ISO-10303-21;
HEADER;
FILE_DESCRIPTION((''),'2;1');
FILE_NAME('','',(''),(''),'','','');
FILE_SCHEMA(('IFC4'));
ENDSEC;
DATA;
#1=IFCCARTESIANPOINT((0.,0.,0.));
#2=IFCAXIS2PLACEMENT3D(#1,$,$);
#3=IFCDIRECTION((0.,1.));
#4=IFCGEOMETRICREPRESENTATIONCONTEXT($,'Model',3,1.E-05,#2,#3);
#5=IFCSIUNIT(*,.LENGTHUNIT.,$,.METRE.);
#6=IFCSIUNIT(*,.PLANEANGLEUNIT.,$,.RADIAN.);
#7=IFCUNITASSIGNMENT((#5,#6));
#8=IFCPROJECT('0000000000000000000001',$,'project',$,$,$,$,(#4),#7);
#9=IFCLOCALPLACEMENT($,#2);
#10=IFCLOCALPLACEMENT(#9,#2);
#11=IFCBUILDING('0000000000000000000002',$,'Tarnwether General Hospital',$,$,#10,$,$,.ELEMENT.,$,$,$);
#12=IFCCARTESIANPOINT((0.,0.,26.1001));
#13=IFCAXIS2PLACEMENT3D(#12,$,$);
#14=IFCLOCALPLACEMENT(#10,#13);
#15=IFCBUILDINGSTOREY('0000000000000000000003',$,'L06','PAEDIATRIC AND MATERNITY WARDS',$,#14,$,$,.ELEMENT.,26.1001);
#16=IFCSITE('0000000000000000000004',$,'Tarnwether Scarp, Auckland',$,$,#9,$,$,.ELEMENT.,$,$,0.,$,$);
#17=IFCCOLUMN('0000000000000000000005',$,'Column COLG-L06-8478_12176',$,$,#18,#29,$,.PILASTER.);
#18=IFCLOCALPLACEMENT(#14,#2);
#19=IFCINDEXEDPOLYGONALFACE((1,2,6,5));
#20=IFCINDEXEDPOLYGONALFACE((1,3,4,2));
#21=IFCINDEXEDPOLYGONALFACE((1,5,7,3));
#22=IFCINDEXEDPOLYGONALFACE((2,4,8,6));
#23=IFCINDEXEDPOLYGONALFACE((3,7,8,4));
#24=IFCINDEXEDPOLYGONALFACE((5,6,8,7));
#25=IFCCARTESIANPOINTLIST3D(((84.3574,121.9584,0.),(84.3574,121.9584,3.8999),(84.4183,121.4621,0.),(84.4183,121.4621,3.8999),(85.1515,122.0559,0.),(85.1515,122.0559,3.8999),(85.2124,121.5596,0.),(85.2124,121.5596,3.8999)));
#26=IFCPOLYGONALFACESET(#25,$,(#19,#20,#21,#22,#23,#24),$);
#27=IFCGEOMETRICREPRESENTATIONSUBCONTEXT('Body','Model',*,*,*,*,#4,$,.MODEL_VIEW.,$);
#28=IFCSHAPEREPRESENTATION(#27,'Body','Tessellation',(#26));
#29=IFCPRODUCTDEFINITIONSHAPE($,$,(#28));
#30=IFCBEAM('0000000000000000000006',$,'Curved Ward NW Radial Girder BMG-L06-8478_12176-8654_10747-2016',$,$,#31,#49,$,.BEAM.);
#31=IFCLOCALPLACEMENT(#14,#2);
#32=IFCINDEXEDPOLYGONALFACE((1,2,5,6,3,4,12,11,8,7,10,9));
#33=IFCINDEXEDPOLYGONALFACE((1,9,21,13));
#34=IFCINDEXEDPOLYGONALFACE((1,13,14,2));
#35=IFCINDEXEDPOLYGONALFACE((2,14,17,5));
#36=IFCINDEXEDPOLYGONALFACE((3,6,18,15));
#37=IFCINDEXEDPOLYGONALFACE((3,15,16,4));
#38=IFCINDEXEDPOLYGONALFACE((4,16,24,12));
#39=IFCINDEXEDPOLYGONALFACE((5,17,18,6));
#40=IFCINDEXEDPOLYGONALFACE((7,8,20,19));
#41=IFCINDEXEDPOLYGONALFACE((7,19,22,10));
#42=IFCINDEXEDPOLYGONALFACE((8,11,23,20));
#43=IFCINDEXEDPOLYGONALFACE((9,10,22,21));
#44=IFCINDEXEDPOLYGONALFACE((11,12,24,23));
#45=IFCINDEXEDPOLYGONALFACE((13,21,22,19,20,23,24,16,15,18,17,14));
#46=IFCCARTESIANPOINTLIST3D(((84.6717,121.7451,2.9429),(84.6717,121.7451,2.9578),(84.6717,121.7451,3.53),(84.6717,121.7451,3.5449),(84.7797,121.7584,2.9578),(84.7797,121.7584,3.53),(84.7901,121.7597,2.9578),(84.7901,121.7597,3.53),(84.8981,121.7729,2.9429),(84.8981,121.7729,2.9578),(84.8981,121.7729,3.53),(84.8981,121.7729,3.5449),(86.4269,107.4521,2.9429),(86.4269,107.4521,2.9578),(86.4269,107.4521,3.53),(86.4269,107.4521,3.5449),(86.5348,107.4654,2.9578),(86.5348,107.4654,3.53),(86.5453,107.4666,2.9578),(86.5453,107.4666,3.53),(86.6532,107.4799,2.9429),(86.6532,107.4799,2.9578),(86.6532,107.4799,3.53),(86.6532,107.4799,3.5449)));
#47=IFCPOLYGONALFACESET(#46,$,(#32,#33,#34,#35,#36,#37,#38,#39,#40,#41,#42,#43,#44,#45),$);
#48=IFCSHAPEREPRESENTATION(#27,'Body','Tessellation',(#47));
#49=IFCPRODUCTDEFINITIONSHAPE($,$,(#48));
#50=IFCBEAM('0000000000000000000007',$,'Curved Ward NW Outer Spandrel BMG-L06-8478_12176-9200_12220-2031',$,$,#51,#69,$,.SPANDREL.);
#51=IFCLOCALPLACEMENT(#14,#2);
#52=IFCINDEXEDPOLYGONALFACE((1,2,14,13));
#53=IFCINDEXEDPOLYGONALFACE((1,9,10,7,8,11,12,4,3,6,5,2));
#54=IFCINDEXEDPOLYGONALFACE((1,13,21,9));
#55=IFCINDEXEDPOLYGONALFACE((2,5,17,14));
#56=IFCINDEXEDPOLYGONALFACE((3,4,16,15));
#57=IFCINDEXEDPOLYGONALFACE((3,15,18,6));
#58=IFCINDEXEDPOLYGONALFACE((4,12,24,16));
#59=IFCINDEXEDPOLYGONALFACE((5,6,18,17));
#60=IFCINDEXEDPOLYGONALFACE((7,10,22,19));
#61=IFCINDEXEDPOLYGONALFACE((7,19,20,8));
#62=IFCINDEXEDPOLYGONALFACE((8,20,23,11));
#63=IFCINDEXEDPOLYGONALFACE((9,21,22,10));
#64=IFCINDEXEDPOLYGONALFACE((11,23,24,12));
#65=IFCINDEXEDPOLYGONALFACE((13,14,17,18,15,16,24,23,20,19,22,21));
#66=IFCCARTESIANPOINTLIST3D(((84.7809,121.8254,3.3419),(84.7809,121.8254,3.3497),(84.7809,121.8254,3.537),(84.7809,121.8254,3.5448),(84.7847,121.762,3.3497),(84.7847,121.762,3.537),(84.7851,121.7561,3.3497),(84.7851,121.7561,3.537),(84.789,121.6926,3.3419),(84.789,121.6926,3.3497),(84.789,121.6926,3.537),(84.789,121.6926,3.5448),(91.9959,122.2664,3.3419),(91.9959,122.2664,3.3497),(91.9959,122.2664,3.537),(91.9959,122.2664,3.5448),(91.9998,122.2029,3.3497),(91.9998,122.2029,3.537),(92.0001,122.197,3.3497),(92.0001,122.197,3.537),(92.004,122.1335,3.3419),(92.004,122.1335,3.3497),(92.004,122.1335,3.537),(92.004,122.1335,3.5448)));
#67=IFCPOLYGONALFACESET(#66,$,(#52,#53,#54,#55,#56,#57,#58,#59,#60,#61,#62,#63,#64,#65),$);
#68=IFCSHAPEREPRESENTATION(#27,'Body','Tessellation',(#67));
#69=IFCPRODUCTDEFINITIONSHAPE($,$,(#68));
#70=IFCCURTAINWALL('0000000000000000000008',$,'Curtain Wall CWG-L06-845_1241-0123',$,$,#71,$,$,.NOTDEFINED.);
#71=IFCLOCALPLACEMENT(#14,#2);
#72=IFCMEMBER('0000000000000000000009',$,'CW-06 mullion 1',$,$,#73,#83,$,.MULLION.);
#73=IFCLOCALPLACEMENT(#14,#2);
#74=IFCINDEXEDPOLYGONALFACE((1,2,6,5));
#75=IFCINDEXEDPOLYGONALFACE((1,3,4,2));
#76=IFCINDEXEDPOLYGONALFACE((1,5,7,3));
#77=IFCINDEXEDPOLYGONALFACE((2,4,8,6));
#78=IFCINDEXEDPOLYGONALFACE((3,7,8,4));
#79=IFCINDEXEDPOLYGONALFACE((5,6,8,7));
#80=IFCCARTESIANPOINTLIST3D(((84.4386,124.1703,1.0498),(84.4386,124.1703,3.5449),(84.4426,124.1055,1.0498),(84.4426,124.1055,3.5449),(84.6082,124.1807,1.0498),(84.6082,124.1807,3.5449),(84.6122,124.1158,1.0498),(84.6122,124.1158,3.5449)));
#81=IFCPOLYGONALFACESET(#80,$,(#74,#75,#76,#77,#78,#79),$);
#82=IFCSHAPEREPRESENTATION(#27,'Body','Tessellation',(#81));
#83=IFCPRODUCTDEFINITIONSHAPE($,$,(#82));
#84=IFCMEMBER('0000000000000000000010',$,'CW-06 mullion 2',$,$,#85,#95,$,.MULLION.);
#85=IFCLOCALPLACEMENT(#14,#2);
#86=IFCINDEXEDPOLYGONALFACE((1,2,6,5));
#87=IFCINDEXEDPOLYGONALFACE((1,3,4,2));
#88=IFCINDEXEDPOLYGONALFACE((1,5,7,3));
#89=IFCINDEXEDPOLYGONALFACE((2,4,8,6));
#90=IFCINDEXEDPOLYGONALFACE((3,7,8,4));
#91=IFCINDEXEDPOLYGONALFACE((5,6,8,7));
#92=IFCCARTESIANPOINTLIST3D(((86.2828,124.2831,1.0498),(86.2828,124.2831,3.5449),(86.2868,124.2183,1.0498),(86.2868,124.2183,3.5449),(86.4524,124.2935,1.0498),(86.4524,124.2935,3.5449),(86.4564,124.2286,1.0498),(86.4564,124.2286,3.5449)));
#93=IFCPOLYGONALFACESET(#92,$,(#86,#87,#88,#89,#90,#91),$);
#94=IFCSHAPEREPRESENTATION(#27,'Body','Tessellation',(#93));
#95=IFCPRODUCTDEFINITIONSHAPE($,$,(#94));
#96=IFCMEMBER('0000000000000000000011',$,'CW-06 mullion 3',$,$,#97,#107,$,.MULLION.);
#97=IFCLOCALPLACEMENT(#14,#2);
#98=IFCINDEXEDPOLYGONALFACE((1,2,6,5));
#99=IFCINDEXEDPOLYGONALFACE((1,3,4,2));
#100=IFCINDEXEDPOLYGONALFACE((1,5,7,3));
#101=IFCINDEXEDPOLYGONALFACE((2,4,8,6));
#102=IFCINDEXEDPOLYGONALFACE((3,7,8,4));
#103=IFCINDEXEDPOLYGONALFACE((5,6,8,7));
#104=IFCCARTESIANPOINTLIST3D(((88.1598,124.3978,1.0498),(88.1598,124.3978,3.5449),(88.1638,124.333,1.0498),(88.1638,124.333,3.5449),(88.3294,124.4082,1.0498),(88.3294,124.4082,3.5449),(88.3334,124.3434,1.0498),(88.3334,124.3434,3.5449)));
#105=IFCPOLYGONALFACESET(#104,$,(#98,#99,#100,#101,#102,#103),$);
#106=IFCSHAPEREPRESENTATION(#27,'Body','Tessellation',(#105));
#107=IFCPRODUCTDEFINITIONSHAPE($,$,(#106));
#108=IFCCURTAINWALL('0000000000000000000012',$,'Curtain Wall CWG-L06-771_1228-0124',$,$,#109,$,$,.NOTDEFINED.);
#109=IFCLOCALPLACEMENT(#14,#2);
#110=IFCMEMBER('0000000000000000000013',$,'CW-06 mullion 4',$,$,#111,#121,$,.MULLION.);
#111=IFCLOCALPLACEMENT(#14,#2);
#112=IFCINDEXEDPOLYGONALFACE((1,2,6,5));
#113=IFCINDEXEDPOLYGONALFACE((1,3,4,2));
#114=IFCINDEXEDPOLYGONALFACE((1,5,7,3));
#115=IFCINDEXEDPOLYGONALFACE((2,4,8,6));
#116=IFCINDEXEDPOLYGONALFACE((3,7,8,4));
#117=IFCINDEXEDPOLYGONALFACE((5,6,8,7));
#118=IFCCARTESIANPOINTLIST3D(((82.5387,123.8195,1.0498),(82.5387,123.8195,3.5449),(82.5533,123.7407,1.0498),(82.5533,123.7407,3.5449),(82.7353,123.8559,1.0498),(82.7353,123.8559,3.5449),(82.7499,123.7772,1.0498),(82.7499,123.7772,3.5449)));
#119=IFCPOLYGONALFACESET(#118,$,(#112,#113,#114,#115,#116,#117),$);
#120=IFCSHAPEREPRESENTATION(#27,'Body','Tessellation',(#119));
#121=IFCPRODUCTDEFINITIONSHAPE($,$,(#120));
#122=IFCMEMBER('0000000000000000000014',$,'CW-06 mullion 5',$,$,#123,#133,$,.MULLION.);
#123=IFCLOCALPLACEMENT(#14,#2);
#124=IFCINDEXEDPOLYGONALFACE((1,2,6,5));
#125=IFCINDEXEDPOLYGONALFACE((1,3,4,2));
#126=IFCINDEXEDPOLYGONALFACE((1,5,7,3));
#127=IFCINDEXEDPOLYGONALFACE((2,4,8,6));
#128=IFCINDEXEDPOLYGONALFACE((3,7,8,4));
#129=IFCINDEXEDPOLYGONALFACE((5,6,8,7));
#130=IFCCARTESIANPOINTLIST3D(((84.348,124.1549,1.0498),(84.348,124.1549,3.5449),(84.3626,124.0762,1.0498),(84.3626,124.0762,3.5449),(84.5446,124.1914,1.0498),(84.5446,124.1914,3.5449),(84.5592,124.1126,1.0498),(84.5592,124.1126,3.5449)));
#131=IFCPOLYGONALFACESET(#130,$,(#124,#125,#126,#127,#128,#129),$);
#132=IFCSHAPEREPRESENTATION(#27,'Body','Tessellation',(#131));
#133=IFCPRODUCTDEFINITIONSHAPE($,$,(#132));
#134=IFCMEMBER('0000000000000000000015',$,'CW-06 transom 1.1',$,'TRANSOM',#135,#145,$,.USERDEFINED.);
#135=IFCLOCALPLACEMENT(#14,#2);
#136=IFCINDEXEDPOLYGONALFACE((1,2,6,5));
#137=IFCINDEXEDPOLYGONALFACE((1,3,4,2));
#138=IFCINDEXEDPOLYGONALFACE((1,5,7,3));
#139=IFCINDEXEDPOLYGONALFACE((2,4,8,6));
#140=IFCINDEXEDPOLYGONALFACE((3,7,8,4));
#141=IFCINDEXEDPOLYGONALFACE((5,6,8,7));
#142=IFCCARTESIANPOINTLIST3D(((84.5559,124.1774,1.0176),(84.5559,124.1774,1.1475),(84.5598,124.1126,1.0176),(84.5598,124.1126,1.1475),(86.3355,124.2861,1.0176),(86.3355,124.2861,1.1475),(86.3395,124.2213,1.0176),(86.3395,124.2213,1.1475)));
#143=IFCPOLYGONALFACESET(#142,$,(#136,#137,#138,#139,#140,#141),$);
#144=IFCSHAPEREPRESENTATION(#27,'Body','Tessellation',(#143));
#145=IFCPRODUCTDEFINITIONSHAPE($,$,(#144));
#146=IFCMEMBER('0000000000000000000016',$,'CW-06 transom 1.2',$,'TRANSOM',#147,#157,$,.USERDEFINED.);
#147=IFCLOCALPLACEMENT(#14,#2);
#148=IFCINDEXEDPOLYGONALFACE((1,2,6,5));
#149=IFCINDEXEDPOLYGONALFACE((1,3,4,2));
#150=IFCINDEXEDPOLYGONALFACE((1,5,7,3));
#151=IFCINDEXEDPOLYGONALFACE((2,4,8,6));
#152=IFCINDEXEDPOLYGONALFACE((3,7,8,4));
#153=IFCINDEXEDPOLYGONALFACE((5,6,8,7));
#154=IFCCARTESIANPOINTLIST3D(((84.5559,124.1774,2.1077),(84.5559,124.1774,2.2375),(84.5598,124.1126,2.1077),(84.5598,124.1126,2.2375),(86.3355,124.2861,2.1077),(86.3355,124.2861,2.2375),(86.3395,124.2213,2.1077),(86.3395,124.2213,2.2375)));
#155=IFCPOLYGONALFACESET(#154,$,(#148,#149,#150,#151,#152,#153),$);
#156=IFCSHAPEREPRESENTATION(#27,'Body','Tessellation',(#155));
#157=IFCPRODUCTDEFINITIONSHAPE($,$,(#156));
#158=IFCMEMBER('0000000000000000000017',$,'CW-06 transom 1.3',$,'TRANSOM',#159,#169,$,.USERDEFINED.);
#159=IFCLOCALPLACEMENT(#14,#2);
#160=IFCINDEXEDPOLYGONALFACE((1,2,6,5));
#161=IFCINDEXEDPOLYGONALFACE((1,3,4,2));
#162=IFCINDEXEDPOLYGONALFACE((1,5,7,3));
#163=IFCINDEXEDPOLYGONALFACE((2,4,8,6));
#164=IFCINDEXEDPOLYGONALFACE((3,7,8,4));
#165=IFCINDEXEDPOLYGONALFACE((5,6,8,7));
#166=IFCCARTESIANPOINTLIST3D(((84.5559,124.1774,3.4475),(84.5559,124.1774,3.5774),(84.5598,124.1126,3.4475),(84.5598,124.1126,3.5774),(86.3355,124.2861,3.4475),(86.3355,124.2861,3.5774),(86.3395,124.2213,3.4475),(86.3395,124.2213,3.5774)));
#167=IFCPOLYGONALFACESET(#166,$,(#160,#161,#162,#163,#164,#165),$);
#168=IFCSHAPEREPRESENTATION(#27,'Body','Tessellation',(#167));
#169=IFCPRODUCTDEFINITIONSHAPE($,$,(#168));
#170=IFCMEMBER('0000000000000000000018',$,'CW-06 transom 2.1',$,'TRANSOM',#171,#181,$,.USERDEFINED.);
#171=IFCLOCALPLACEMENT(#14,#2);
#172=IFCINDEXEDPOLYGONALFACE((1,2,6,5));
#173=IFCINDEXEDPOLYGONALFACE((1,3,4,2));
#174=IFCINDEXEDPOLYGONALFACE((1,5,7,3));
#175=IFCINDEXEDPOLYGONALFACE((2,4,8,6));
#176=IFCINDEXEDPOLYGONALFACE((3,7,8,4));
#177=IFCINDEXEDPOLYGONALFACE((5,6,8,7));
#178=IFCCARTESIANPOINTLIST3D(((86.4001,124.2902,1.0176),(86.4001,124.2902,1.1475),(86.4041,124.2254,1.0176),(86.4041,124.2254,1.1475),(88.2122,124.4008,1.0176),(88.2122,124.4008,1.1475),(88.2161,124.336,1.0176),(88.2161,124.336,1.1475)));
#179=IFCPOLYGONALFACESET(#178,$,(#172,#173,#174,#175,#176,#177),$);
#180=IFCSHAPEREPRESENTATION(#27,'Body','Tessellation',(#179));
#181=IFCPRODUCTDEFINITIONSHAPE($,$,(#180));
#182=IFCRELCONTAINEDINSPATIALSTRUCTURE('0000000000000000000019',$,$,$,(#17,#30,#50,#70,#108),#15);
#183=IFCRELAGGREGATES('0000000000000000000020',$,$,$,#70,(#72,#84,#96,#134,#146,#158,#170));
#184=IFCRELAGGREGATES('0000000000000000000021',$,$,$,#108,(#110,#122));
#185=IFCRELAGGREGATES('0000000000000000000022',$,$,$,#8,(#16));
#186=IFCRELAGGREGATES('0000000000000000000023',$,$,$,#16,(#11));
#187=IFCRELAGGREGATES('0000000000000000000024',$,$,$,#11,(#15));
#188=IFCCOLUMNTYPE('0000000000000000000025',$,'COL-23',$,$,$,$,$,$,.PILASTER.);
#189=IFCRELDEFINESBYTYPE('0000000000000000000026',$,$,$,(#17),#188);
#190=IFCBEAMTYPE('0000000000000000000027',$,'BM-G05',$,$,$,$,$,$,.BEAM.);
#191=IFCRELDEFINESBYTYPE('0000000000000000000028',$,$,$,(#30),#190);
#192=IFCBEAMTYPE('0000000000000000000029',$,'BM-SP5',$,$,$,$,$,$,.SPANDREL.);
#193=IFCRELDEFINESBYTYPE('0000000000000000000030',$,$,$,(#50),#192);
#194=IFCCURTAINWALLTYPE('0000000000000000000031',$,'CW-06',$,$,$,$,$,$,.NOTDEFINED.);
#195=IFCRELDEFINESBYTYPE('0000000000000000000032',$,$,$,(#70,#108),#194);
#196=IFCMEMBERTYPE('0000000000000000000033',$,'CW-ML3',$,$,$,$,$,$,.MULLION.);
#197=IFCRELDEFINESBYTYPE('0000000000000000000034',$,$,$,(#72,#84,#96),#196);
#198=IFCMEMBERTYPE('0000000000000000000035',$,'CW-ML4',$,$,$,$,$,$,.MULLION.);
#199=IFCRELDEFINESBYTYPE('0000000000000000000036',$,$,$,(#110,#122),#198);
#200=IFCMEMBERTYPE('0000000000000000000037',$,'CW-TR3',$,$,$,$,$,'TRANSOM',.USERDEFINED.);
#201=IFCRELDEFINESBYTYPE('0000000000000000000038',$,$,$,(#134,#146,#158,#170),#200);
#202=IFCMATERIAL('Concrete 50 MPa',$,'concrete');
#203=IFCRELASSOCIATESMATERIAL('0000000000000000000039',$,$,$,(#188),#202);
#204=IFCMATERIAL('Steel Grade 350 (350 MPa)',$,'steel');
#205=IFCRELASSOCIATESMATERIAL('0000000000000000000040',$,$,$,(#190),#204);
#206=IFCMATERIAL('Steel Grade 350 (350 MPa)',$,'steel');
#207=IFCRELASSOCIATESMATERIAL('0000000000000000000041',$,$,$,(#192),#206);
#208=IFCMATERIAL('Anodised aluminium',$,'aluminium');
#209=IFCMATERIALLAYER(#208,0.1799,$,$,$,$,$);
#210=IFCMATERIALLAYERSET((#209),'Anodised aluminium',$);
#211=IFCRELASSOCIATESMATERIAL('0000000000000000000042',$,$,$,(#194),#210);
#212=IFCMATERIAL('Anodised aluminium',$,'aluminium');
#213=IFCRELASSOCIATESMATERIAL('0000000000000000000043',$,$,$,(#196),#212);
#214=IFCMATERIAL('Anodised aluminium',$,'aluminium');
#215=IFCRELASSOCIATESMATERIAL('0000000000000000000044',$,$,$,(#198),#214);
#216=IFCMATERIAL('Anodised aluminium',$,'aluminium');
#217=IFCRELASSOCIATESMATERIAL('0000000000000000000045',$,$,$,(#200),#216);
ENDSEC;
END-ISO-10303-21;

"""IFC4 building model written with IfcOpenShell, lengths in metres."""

from ifc_helpers import new_model, si_unit, direction, frame, origin, origin_2d, place, context, subcontext, project, spatial, rectangle, i_section, extrude, material, layer, layer_set, material_profile, profile_set, type_object, element, aggregate, save


model = new_model("IFC4")

# Units and contexts
model_context = context("Model", 3, precision=1e-05, world=origin(), true_north=direction((0.0, 1.0)))
body_context = subcontext(model_context, "Body", "Model", "MODEL_VIEW")
ifc_project = project(units=[si_unit("LENGTHUNIT", "METRE"), si_unit("PLANEANGLEUNIT", "RADIAN")], contexts=[model_context])

# Site, building, storey
site_placement = place(None, origin())
site = spatial("IfcSite", under=ifc_project, at=site_placement, Name="Tarnwether Scarp, Auckland", CompositionType="ELEMENT", RefElevation=0.0)
building_placement = place(site_placement, origin())
building = spatial("IfcBuilding", under=site, at=building_placement, Name="Tarnwether General Hospital", CompositionType="ELEMENT")
storey_placement = place(building_placement, frame((0.0, 0.0, 26.1001)))
storey = spatial("IfcBuildingStorey", under=building, at=storey_placement, Name="L06", Description="PAEDIATRIC AND MATERNITY WARDS", CompositionType="ELEMENT", Elevation=26.1001)

# Column
ifc_material_1 = material(Name="Concrete 50 MPa", Category="concrete")
ifc_material_profile_1 = material_profile(ifc_material_1, rectangle(XDim=0.5, YDim=0.8, at=origin_2d()), Name="RC-PIL-500x800")
ifc_profile_set_1 = profile_set([ifc_material_profile_1], Name="Concrete 50 MPa")
column_type = type_object("IfcColumnType", Name="COL-23", PredefinedType="PILASTER", material=ifc_profile_set_1)
column_placement = place(storey_placement, frame((84.7849, 121.759, 0.0), z_axis=(0.0, 0.0, 1.0), x_axis=(-0.121869, 0.992546, 0.0)))
element("IfcColumn", 1, at=column_placement, inside=storey, type_object=column_type, Name="Column COLG-L06-8478_12176", PredefinedType="PILASTER", context=body_context, shape_type="SweptSolid", body=[
    extrude(rectangle(XDim=0.5, YDim=0.8, at=origin_2d()), origin(), (0.0, 0.0, 1.0), 3.8999),
])

# Beams
ifc_material_2 = material(Name="Steel Grade 350 (350 MPa)", Category="steel")
ifc_material_profile_2 = material_profile(ifc_material_2, i_section(OverallWidth=0.228, OverallDepth=0.6021, WebThickness=0.0105, FlangeThickness=0.0149, at=origin_2d()), Name="610UB101")
ifc_profile_set_2 = profile_set([ifc_material_profile_2], Name="Steel Grade 350 (350 MPa)")
beam_type_1 = type_object("IfcBeamType", Name="BM-G05", PredefinedType="BEAM", material=ifc_profile_set_2)
beam_1_placement = place(storey_placement, frame((84.7849, 121.759, 3.2439), z_axis=(0.121881, -0.992545, 0.0), x_axis=(0.992545, 0.121881, 0.0)))
element("IfcBeam", 2, at=beam_1_placement, inside=storey, type_object=beam_type_1, Name="Curved Ward NW Radial Girder BMG-L06-8478_12176-8654_10747-2016", PredefinedType="BEAM", context=body_context, shape_type="SweptSolid", body=[
    extrude(i_section(OverallWidth=0.228, OverallDepth=0.6021, WebThickness=0.0105, FlangeThickness=0.0149, at=origin_2d()), origin(), (0.0, 0.0, 1.0), 14.4004),
])
ifc_material_3 = material(Name="Steel Grade 350 (350 MPa)", Category="steel")
ifc_material_profile_3 = material_profile(ifc_material_3, i_section(OverallWidth=0.1331, OverallDepth=0.2029, WebThickness=0.0059, FlangeThickness=0.0078, at=origin_2d()), Name="200UB25.4")
ifc_profile_set_3 = profile_set([ifc_material_profile_3], Name="Steel Grade 350 (350 MPa)")
beam_type_2 = type_object("IfcBeamType", Name="BM-SP5", PredefinedType="SPANDREL", material=ifc_profile_set_3)
beam_2_placement = place(storey_placement, frame((84.7849, 121.759, 3.4434), z_axis=(0.998138, 0.060997, 0.0), x_axis=(-0.060997, 0.998138, 0.0)))
element("IfcBeam", 3, at=beam_2_placement, inside=storey, type_object=beam_type_2, Name="Curved Ward NW Outer Spandrel BMG-L06-8478_12176-9200_12220-2031", PredefinedType="SPANDREL", context=body_context, shape_type="SweptSolid", body=[
    extrude(i_section(OverallWidth=0.1331, OverallDepth=0.2029, WebThickness=0.0059, FlangeThickness=0.0078, at=origin_2d()), origin(), (0.0, 0.0, 1.0), 7.2285),
])

# Curtain walls, members
ifc_material_4 = material(Name="Anodised aluminium", Category="aluminium")
ifc_layer_1 = layer(ifc_material_4, 0.1799)
ifc_layer_set_1 = layer_set([ifc_layer_1], Name="Anodised aluminium")
curtain_wall_type = type_object("IfcCurtainWallType", Name="CW-06", PredefinedType="NOTDEFINED", material=ifc_layer_set_1)
curtain_wall_1_placement = place(storey_placement, origin())
curtain_wall_1 = element("IfcCurtainWall", 4, at=curtain_wall_1_placement, inside=storey, type_object=curtain_wall_type, Name="Curtain Wall CWG-L06-845_1241-0123", PredefinedType="NOTDEFINED")
ifc_material_5 = material(Name="Anodised aluminium", Category="aluminium")
ifc_material_profile_4 = material_profile(ifc_material_5, rectangle(XDim=0.0649, YDim=0.1699, at=origin_2d()), Name="ALU-MUL-65x170")
ifc_profile_set_4 = profile_set([ifc_material_profile_4], Name="Anodised aluminium")
member_type_1 = type_object("IfcMemberType", Name="CW-ML3", PredefinedType="MULLION", material=ifc_profile_set_4)
member_1_placement = place(storey_placement, frame((84.5254, 124.1431, 1.0498), z_axis=(0.0, 0.0, 1.0), x_axis=(-0.061029, 0.998136, 0.0)))
member_1 = element("IfcMember", 5, at=member_1_placement, type_object=member_type_1, Name="CW-06 mullion 1", PredefinedType="MULLION", context=body_context, shape_type="SweptSolid", body=[
    extrude(rectangle(XDim=0.0649, YDim=0.1699, at=origin_2d()), origin(), (0.0, 0.0, 1.0), 2.4951),
])
member_2_placement = place(storey_placement, frame((86.3696, 124.2559, 1.0498), z_axis=(0.0, 0.0, 1.0), x_axis=(-0.061029, 0.998136, 0.0)))
member_2 = element("IfcMember", 6, at=member_2_placement, type_object=member_type_1, Name="CW-06 mullion 2", PredefinedType="MULLION", context=body_context, shape_type="SweptSolid", body=[
    extrude(rectangle(XDim=0.0649, YDim=0.1699, at=origin_2d()), origin(), (0.0, 0.0, 1.0), 2.4951),
])
member_3_placement = place(storey_placement, frame((88.2466, 124.3706, 1.0498), z_axis=(0.0, 0.0, 1.0), x_axis=(-0.061029, 0.998136, 0.0)))
member_3 = element("IfcMember", 7, at=member_3_placement, type_object=member_type_1, Name="CW-06 mullion 3", PredefinedType="MULLION", context=body_context, shape_type="SweptSolid", body=[
    extrude(rectangle(XDim=0.0649, YDim=0.1699, at=origin_2d()), origin(), (0.0, 0.0, 1.0), 2.4951),
])
curtain_wall_2_placement = place(storey_placement, origin())
curtain_wall_2 = element("IfcCurtainWall", 8, at=curtain_wall_2_placement, inside=storey, type_object=curtain_wall_type, Name="Curtain Wall CWG-L06-771_1228-0124", PredefinedType="NOTDEFINED")
ifc_material_6 = material(Name="Anodised aluminium", Category="aluminium")
ifc_material_profile_5 = material_profile(ifc_material_6, rectangle(XDim=0.0801, YDim=0.2, at=origin_2d()), Name="ALU-MUL-80x200")
ifc_profile_set_5 = profile_set([ifc_material_profile_5], Name="Anodised aluminium")
member_type_2 = type_object("IfcMemberType", Name="CW-ML4", PredefinedType="MULLION", material=ifc_profile_set_5)
member_4_placement = place(storey_placement, frame((82.6443, 123.7983, 1.0498), z_axis=(0.0, 0.0, 1.0), x_axis=(-0.182289, 0.983245, 0.0)))
member_4 = element("IfcMember", 9, at=member_4_placement, type_object=member_type_2, Name="CW-06 mullion 4", PredefinedType="MULLION", context=body_context, shape_type="SweptSolid", body=[
    extrude(rectangle(XDim=0.0801, YDim=0.2, at=origin_2d()), origin(), (0.0, 0.0, 1.0), 2.4951),
])
member_5_placement = place(storey_placement, frame((84.4536, 124.1338, 1.0498), z_axis=(0.0, 0.0, 1.0), x_axis=(-0.182289, 0.983245, 0.0)))
member_5 = element("IfcMember", 10, at=member_5_placement, type_object=member_type_2, Name="CW-06 mullion 5", PredefinedType="MULLION", context=body_context, shape_type="SweptSolid", body=[
    extrude(rectangle(XDim=0.0801, YDim=0.2, at=origin_2d()), origin(), (0.0, 0.0, 1.0), 2.4951),
])

# Members
ifc_material_7 = material(Name="Anodised aluminium", Category="aluminium")
ifc_material_profile_6 = material_profile(ifc_material_7, rectangle(XDim=0.0649, YDim=0.1299, at=origin_2d()), Name="ALU-TRN-65x130")
ifc_profile_set_6 = profile_set([ifc_material_profile_6], Name="Anodised aluminium")
member_type_3 = type_object("IfcMemberType", Name="CW-TR3", ElementType="TRANSOM", PredefinedType="USERDEFINED", material=ifc_profile_set_6)
member_6_placement = place(storey_placement, frame((84.5579, 124.145, 1.0825), z_axis=(0.998142, 0.060937, 0.0), x_axis=(-0.060937, 0.998142, 0.0)))
member_6 = element("IfcMember", 11, at=member_6_placement, type_object=member_type_3, Name="CW-06 transom 1.1", ObjectType="TRANSOM", PredefinedType="USERDEFINED", context=body_context, shape_type="SweptSolid", body=[
    extrude(rectangle(XDim=0.0649, YDim=0.1299, at=origin_2d()), origin(), (0.0, 0.0, 1.0), 1.783),
])
member_7_placement = place(storey_placement, frame((84.5579, 124.145, 2.1726), z_axis=(0.998142, 0.060937, 0.0), x_axis=(-0.060937, 0.998142, 0.0)))
member_7 = element("IfcMember", 12, at=member_7_placement, type_object=member_type_3, Name="CW-06 transom 1.2", ObjectType="TRANSOM", PredefinedType="USERDEFINED", context=body_context, shape_type="SweptSolid", body=[
    extrude(rectangle(XDim=0.0649, YDim=0.1299, at=origin_2d()), origin(), (0.0, 0.0, 1.0), 1.783),
])
member_8_placement = place(storey_placement, frame((84.5579, 124.145, 3.5125), z_axis=(0.998142, 0.060937, 0.0), x_axis=(-0.060937, 0.998142, 0.0)))
member_8 = element("IfcMember", 13, at=member_8_placement, type_object=member_type_3, Name="CW-06 transom 1.3", ObjectType="TRANSOM", PredefinedType="USERDEFINED", context=body_context, shape_type="SweptSolid", body=[
    extrude(rectangle(XDim=0.0649, YDim=0.1299, at=origin_2d()), origin(), (0.0, 0.0, 1.0), 1.783),
])
member_9_placement = place(storey_placement, frame((86.4021, 124.2578, 1.0825), z_axis=(0.998143, 0.060921, 0.0), x_axis=(-0.060921, 0.998143, 0.0)))
member_9 = element("IfcMember", 14, at=member_9_placement, type_object=member_type_3, Name="CW-06 transom 2.1", ObjectType="TRANSOM", PredefinedType="USERDEFINED", context=body_context, shape_type="SweptSolid", body=[
    extrude(rectangle(XDim=0.0649, YDim=0.1299, at=origin_2d()), origin(), (0.0, 0.0, 1.0), 1.8154),
])

aggregate(curtain_wall_1, [member_1, member_2, member_3, member_6, member_7, member_8, member_9])
aggregate(curtain_wall_2, [member_4, member_5])

save(model, "model.ifc")
